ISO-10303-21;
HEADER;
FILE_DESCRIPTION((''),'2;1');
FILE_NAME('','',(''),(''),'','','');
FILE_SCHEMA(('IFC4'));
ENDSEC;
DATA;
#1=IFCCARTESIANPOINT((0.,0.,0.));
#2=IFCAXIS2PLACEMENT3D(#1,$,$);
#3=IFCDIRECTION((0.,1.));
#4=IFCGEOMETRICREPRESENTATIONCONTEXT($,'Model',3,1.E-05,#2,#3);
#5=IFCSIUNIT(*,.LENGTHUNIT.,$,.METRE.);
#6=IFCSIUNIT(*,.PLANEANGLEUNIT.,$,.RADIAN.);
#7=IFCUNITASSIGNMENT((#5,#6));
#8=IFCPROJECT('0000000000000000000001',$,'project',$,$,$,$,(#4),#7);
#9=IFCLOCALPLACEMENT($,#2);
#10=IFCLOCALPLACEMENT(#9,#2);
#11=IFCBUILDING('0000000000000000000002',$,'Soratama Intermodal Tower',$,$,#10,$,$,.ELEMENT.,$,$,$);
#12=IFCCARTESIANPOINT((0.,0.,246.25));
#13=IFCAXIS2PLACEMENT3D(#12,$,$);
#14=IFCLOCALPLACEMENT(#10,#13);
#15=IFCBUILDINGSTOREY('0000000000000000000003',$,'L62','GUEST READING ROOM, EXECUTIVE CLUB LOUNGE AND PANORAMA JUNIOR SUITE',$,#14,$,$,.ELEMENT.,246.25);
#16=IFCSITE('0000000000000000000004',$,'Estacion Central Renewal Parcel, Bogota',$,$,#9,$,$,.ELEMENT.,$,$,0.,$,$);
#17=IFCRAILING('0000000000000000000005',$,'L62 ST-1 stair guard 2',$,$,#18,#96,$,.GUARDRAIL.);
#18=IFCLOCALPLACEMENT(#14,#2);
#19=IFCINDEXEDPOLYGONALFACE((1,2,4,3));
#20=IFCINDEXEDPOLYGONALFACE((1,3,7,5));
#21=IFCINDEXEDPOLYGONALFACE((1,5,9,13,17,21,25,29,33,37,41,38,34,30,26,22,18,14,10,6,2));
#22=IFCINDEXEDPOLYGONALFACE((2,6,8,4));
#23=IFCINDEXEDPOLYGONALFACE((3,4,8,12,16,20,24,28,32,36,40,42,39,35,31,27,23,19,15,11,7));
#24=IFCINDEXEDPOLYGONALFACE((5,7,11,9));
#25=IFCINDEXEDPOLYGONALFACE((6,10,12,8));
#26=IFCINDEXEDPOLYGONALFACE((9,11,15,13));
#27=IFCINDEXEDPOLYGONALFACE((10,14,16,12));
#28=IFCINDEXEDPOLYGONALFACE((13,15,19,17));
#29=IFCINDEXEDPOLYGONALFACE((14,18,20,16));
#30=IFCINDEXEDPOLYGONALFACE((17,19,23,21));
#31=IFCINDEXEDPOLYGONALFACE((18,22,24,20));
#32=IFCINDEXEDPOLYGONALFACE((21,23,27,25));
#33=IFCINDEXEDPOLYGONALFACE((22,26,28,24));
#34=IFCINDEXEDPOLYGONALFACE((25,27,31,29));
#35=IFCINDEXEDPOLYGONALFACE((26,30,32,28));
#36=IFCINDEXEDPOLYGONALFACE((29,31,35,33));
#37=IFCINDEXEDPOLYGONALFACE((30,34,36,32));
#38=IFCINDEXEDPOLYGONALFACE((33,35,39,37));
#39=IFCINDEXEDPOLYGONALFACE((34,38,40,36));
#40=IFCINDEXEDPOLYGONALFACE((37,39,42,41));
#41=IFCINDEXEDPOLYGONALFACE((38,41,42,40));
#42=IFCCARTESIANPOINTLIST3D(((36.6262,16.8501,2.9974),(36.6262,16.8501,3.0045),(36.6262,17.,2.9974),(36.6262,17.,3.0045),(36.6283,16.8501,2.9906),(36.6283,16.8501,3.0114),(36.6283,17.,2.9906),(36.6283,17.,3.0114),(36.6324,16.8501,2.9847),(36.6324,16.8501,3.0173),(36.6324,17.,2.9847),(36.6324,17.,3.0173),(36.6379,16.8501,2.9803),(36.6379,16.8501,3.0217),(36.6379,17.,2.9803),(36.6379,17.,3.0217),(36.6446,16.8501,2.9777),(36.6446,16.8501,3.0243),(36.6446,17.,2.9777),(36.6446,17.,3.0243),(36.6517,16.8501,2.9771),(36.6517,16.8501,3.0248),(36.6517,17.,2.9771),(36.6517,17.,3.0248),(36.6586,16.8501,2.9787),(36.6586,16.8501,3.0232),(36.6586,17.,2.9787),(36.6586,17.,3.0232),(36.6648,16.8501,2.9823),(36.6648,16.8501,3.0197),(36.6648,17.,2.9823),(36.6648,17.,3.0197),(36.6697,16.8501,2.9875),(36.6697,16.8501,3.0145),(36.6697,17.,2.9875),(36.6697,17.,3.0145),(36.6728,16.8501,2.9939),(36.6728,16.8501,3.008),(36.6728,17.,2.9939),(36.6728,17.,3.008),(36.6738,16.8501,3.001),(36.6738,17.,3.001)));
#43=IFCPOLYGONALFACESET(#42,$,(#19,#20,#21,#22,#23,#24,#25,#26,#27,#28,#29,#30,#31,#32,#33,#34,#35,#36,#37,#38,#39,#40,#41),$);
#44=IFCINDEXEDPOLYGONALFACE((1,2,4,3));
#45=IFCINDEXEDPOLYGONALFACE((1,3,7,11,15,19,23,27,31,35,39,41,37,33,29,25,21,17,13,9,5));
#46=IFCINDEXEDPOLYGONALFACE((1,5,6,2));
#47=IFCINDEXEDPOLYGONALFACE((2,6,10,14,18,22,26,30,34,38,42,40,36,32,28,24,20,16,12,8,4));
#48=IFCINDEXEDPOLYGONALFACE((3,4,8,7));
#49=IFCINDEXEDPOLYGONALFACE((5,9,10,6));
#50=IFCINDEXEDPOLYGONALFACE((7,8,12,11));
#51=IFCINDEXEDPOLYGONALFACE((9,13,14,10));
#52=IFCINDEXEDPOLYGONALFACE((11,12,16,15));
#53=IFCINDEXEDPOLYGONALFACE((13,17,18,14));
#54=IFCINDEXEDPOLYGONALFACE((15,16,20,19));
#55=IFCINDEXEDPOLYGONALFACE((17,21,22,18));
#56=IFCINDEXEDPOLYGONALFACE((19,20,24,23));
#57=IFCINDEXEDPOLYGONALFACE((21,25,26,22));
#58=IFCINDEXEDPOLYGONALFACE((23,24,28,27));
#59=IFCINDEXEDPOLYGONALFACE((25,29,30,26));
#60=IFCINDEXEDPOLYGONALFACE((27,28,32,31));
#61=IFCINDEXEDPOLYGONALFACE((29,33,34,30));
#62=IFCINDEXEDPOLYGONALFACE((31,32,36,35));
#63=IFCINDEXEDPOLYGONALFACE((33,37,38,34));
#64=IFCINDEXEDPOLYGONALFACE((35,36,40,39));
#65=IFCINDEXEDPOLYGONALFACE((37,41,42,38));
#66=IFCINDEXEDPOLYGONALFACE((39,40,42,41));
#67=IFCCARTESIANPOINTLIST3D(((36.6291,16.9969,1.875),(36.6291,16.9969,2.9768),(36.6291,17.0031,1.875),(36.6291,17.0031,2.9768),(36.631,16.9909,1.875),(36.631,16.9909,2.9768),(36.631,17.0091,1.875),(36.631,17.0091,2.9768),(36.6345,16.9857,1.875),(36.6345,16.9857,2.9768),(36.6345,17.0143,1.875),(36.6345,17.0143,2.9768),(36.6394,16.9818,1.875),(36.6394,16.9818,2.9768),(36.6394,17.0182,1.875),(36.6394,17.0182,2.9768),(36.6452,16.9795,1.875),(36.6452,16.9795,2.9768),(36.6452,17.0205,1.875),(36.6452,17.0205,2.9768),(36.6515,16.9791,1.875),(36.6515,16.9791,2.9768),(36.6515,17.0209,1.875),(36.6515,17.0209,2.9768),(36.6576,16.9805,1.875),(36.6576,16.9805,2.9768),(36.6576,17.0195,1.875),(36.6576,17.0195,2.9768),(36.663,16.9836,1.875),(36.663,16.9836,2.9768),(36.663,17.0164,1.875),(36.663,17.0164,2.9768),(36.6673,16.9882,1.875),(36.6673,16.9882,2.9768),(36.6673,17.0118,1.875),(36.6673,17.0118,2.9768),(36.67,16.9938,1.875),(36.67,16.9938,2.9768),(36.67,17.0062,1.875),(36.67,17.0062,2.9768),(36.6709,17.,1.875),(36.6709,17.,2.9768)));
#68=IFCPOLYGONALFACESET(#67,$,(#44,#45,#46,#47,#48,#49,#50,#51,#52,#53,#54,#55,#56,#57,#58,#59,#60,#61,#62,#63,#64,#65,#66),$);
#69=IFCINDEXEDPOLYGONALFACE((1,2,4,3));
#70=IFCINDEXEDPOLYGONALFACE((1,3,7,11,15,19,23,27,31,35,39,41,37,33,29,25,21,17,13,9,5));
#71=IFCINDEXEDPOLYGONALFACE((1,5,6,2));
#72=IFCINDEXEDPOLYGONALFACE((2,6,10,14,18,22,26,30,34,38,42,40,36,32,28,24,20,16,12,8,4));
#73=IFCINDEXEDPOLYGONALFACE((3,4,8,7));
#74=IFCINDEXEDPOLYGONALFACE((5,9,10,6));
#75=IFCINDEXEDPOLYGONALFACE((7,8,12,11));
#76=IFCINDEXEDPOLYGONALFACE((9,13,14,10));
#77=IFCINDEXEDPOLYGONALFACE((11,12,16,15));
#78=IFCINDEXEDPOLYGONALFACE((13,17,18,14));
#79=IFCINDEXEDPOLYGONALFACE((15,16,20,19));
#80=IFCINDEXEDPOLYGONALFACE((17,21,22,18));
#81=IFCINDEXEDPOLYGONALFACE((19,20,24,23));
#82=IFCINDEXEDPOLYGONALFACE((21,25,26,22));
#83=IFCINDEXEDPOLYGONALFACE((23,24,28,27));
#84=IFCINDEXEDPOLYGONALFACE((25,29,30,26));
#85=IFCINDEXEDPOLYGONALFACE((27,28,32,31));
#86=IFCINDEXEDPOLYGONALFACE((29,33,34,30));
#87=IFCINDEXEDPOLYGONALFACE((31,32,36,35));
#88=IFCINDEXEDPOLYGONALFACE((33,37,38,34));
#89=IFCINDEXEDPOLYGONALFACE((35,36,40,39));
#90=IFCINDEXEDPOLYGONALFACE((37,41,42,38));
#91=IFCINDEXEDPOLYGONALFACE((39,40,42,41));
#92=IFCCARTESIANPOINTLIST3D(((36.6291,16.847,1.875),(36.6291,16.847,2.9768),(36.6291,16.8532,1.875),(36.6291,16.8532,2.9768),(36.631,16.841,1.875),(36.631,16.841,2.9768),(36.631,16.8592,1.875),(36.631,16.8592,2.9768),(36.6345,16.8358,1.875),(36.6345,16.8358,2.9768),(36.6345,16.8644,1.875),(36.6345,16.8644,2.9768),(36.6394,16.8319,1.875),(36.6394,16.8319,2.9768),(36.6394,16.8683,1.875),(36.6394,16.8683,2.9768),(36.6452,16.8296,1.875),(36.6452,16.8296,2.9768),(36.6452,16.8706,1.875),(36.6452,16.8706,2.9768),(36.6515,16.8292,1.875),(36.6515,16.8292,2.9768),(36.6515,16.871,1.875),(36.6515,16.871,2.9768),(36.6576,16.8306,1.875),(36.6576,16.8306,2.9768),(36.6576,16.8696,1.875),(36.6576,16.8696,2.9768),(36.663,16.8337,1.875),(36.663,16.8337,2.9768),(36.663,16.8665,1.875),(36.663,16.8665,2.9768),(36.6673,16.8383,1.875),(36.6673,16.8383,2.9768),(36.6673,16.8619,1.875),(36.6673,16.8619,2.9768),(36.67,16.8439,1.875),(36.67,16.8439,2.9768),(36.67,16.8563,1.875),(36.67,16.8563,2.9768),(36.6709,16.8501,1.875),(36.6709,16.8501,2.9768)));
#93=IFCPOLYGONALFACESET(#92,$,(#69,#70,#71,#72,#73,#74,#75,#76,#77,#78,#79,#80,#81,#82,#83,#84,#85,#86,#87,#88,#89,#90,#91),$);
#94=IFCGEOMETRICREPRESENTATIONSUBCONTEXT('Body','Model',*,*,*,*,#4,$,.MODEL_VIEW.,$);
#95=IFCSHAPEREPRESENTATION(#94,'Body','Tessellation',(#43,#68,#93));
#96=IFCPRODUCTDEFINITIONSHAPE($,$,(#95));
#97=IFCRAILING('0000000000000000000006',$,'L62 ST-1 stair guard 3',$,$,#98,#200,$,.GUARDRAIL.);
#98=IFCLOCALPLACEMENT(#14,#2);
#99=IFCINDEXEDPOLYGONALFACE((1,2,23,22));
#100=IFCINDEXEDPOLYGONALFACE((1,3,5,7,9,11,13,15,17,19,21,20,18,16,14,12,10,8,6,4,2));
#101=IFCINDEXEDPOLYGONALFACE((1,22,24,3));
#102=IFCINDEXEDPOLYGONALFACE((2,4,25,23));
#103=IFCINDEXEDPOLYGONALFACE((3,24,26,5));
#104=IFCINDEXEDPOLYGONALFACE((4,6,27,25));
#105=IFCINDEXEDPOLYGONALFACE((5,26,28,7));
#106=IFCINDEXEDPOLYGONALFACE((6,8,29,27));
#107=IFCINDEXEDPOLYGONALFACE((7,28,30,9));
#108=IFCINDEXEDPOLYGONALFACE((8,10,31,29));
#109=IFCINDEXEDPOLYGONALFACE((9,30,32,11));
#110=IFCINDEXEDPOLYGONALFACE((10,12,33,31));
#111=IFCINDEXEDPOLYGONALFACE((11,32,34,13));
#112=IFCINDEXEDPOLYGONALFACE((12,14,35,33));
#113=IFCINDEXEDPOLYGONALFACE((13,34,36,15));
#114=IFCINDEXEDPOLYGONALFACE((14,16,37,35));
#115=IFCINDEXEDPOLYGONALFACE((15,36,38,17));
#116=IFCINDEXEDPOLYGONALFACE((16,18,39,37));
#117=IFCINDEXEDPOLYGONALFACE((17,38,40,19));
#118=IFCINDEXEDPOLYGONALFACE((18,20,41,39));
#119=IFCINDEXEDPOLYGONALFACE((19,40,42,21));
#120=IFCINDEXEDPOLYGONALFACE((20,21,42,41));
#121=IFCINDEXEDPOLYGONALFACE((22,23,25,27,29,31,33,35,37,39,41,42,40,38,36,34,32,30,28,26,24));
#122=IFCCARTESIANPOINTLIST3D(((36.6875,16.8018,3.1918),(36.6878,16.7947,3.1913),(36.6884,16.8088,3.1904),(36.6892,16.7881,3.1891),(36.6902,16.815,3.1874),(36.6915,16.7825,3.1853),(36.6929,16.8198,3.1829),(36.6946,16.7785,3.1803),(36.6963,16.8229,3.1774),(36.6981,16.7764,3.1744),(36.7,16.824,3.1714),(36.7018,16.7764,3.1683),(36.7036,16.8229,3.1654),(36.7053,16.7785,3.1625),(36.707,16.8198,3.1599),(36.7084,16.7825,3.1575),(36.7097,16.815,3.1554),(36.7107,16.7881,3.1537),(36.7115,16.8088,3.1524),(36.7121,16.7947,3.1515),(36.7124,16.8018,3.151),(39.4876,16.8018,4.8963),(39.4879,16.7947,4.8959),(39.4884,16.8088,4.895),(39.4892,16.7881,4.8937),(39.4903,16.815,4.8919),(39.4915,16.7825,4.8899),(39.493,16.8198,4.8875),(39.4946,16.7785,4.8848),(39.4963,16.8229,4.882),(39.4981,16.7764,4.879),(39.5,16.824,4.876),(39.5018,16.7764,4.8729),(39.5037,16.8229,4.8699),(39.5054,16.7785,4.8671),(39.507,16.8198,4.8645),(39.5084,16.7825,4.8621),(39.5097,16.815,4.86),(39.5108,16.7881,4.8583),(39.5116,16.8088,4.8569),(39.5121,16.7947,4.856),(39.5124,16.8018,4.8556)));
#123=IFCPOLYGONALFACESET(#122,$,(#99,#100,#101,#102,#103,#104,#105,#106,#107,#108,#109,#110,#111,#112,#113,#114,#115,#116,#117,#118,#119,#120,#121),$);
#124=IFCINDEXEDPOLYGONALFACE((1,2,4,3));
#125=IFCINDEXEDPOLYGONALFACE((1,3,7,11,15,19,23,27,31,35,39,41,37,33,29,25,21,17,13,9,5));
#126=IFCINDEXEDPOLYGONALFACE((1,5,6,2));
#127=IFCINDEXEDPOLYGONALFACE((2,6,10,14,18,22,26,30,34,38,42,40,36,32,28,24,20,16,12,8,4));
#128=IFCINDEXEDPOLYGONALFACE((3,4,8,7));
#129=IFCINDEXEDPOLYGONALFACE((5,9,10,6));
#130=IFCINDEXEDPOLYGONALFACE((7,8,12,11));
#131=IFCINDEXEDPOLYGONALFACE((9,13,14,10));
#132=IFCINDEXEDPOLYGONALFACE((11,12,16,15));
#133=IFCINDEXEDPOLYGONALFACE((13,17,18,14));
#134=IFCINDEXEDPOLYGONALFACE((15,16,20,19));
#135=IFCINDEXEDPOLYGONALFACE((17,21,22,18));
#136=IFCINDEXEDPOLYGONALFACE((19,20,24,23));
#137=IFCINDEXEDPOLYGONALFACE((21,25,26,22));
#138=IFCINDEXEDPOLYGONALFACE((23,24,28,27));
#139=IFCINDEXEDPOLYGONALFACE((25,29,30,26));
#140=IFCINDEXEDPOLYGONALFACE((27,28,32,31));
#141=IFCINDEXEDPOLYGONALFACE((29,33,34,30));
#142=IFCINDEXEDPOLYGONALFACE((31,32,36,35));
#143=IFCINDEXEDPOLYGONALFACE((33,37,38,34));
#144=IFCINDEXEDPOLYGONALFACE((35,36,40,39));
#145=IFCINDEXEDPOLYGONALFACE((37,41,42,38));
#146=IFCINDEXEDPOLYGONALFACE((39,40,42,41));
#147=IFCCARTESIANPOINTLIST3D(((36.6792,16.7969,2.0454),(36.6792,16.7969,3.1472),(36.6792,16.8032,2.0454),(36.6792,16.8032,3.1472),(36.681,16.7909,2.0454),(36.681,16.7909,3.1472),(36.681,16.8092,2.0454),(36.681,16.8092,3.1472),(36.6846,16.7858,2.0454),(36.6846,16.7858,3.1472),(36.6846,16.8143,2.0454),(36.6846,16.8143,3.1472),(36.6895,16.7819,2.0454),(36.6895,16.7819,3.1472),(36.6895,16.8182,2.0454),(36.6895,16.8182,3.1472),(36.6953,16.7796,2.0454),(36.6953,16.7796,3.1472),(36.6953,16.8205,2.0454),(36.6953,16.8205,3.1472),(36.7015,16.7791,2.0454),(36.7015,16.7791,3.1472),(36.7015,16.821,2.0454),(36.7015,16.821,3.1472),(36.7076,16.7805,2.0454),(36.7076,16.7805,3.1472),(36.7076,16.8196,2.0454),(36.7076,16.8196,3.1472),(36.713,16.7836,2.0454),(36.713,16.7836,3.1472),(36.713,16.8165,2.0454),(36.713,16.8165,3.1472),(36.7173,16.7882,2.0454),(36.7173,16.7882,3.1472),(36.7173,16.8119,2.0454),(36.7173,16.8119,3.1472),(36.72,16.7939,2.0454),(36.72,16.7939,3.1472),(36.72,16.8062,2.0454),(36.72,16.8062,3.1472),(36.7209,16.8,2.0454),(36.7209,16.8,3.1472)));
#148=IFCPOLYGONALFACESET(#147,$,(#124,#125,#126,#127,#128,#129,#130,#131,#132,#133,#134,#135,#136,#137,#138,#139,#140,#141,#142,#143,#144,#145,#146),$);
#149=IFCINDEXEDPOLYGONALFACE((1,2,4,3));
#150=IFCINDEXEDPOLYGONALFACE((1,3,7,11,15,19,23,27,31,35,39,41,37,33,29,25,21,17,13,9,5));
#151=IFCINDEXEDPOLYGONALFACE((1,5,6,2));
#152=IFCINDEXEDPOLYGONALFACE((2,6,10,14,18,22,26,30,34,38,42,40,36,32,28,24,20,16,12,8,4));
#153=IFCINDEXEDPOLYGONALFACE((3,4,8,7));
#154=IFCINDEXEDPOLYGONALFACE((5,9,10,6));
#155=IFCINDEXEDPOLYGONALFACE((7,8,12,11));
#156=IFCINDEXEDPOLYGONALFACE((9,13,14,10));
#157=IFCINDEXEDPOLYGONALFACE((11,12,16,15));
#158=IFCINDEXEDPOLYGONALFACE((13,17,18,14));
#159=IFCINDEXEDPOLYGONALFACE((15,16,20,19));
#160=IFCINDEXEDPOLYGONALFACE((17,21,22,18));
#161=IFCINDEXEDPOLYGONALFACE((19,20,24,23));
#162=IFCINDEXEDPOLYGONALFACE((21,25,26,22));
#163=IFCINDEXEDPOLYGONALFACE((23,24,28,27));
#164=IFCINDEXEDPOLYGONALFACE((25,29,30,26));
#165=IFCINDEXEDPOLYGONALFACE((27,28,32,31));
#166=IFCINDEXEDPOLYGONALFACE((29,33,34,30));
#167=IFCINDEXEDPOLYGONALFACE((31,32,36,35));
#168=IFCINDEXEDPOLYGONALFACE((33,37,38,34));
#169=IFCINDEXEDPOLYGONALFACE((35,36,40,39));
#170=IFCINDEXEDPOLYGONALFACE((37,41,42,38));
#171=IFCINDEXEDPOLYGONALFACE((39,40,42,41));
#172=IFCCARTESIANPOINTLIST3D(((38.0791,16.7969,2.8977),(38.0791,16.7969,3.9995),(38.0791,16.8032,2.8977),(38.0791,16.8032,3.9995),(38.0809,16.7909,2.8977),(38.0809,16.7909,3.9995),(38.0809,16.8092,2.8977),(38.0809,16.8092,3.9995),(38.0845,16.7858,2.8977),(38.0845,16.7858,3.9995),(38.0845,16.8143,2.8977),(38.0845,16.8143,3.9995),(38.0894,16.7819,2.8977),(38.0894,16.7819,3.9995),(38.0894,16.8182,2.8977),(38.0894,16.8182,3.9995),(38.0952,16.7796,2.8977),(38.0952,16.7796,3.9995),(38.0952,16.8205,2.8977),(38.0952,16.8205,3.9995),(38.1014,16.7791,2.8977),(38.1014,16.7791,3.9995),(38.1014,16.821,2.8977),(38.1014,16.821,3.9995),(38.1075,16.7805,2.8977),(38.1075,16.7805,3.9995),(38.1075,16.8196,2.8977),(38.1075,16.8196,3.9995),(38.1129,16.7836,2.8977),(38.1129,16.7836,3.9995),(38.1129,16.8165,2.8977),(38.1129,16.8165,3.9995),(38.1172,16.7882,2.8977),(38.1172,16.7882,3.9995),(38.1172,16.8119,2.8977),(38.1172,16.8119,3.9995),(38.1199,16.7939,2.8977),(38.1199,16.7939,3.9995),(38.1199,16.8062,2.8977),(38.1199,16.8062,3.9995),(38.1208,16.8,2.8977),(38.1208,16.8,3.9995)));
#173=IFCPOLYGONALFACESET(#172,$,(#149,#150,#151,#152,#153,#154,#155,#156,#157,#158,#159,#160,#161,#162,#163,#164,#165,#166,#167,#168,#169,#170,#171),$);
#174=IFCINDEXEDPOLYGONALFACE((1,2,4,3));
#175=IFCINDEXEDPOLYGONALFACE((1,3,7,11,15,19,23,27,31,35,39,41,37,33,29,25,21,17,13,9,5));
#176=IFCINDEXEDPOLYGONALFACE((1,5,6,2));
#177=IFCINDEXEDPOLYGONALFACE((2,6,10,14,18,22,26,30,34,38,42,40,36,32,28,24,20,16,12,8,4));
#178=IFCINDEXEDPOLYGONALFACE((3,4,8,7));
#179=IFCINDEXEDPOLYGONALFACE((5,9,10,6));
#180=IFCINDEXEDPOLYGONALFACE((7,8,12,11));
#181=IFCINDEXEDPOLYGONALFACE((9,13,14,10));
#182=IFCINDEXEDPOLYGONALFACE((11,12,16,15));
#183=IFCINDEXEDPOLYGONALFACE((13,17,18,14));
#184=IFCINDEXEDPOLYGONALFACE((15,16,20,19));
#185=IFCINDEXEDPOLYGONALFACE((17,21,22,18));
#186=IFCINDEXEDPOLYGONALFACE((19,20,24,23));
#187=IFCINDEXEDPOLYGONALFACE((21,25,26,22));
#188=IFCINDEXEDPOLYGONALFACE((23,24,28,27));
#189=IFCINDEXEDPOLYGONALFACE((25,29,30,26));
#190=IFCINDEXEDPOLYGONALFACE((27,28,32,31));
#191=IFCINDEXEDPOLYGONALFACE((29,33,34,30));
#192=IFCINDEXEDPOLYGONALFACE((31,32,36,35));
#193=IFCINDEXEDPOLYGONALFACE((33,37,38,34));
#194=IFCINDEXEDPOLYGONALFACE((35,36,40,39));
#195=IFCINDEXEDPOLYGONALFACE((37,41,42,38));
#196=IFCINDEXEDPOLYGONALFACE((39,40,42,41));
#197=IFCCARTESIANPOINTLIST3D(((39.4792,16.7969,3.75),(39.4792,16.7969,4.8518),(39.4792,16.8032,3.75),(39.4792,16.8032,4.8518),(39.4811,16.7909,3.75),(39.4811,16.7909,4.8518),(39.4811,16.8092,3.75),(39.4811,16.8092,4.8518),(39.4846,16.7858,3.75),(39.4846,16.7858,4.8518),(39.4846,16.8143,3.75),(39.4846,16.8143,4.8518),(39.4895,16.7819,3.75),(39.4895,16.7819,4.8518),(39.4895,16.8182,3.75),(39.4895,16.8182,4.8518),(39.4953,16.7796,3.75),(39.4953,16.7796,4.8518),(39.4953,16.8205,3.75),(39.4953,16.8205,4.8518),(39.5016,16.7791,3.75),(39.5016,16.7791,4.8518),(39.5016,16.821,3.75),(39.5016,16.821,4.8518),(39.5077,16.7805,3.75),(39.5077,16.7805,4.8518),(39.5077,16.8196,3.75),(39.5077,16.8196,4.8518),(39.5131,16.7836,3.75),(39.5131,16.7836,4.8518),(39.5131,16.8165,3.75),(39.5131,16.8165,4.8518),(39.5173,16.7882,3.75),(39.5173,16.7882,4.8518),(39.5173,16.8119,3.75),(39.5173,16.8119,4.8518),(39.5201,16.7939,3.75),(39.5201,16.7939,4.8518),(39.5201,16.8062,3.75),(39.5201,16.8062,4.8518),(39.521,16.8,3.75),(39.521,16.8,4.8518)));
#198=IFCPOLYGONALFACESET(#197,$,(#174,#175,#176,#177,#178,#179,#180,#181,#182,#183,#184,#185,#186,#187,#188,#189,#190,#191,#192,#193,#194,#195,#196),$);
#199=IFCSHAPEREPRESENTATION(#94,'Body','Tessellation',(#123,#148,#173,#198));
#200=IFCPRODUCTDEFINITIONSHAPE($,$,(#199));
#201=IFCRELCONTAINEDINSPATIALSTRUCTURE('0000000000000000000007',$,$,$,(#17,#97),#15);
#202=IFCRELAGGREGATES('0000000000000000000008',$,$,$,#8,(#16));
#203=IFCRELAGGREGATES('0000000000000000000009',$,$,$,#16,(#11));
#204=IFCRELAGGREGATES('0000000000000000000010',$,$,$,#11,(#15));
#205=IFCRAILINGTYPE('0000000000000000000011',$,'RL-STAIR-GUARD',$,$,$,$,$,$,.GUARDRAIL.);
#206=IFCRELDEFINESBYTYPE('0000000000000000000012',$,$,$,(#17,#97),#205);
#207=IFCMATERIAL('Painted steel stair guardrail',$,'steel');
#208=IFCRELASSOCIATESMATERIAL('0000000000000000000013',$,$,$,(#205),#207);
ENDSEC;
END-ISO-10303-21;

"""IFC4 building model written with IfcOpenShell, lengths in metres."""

from ifc_helpers import new_model, si_unit, direction, frame, origin, origin_2d, place, context, subcontext, project, spatial, circle, extrude, material, type_object, element, save


model = new_model("IFC4")

# Units and contexts
model_context = context("Model", 3, precision=1e-05, world=origin(), true_north=direction((0.0, 1.0)))
body_context = subcontext(model_context, "Body", "Model", "MODEL_VIEW")
ifc_project = project(units=[si_unit("LENGTHUNIT", "METRE"), si_unit("PLANEANGLEUNIT", "RADIAN")], contexts=[model_context])

# Site, building, storey
site_placement = place(None, origin())
site = spatial("IfcSite", under=ifc_project, at=site_placement, Name="Estacion Central Renewal Parcel, Bogota", CompositionType="ELEMENT", RefElevation=0.0)
building_placement = place(site_placement, origin())
building = spatial("IfcBuilding", under=site, at=building_placement, Name="Soratama Intermodal Tower", CompositionType="ELEMENT")
storey_placement = place(building_placement, frame((0.0, 0.0, 246.25)))
storey = spatial("IfcBuildingStorey", under=building, at=storey_placement, Name="L62", Description="GUEST READING ROOM, EXECUTIVE CLUB LOUNGE AND PANORAMA JUNIOR SUITE", CompositionType="ELEMENT", Elevation=246.25)

# Railings
ifc_material_1 = material(Name="Painted steel stair guardrail", Category="steel")
railing_type_1 = type_object("IfcRailingType", Name="RL-STAIR-GUARD", PredefinedType="GUARDRAIL", material=ifc_material_1)
railing_1_placement = place(storey_placement, frame((36.6499, 17.0, 1.875)))
element("IfcRailing", 1, at=railing_1_placement, inside=storey, type_object=railing_type_1, Name="L62 ST-1 stair guard 2", PredefinedType="GUARDRAIL", context=body_context, shape_type="SweptSolid", body=[
    extrude(circle(Radius=0.0239, at=origin_2d()), frame((0.0, 0.0, 1.126), z_axis=(0.0, -1.0, 0.0), x_axis=(1.0, 0.0, 0.0)), (0.0, 0.0, 1.0), 0.1499),
    extrude(circle(Radius=0.021, at=origin_2d()), origin(), (0.0, 0.0, 1.0), 1.1018),
    extrude(circle(Radius=0.021, at=origin_2d()), frame((0.0, -0.1499, 0.0)), (0.0, 0.0, 1.0), 1.1018),
])
railing_2_placement = place(storey_placement, frame((36.7, 16.8, 2.0454)))
element("IfcRailing", 2, at=railing_2_placement, inside=storey, type_object=railing_type_1, Name="L62 ST-1 stair guard 3", PredefinedType="GUARDRAIL", context=body_context, shape_type="SweptSolid", body=[
    extrude(circle(Radius=0.0239, at=origin_2d()), frame((0.0, 0.0, 1.126), z_axis=(0.85417, 0.0, 0.519994), x_axis=(0.0, 1.0, 0.0)), (0.0, 0.0, 1.0), 3.2781),
    extrude(circle(Radius=0.021, at=origin_2d()), origin(), (0.0, 0.0, 1.0), 1.1018),
    extrude(circle(Radius=0.021, at=origin_2d()), frame((1.3999, 0.0, 0.8523)), (0.0, 0.0, 1.0), 1.1018),
    extrude(circle(Radius=0.021, at=origin_2d()), frame((2.8, 0.0, 1.7046)), (0.0, 0.0, 1.0), 1.1018),
])

save(model, "model.ifc")
